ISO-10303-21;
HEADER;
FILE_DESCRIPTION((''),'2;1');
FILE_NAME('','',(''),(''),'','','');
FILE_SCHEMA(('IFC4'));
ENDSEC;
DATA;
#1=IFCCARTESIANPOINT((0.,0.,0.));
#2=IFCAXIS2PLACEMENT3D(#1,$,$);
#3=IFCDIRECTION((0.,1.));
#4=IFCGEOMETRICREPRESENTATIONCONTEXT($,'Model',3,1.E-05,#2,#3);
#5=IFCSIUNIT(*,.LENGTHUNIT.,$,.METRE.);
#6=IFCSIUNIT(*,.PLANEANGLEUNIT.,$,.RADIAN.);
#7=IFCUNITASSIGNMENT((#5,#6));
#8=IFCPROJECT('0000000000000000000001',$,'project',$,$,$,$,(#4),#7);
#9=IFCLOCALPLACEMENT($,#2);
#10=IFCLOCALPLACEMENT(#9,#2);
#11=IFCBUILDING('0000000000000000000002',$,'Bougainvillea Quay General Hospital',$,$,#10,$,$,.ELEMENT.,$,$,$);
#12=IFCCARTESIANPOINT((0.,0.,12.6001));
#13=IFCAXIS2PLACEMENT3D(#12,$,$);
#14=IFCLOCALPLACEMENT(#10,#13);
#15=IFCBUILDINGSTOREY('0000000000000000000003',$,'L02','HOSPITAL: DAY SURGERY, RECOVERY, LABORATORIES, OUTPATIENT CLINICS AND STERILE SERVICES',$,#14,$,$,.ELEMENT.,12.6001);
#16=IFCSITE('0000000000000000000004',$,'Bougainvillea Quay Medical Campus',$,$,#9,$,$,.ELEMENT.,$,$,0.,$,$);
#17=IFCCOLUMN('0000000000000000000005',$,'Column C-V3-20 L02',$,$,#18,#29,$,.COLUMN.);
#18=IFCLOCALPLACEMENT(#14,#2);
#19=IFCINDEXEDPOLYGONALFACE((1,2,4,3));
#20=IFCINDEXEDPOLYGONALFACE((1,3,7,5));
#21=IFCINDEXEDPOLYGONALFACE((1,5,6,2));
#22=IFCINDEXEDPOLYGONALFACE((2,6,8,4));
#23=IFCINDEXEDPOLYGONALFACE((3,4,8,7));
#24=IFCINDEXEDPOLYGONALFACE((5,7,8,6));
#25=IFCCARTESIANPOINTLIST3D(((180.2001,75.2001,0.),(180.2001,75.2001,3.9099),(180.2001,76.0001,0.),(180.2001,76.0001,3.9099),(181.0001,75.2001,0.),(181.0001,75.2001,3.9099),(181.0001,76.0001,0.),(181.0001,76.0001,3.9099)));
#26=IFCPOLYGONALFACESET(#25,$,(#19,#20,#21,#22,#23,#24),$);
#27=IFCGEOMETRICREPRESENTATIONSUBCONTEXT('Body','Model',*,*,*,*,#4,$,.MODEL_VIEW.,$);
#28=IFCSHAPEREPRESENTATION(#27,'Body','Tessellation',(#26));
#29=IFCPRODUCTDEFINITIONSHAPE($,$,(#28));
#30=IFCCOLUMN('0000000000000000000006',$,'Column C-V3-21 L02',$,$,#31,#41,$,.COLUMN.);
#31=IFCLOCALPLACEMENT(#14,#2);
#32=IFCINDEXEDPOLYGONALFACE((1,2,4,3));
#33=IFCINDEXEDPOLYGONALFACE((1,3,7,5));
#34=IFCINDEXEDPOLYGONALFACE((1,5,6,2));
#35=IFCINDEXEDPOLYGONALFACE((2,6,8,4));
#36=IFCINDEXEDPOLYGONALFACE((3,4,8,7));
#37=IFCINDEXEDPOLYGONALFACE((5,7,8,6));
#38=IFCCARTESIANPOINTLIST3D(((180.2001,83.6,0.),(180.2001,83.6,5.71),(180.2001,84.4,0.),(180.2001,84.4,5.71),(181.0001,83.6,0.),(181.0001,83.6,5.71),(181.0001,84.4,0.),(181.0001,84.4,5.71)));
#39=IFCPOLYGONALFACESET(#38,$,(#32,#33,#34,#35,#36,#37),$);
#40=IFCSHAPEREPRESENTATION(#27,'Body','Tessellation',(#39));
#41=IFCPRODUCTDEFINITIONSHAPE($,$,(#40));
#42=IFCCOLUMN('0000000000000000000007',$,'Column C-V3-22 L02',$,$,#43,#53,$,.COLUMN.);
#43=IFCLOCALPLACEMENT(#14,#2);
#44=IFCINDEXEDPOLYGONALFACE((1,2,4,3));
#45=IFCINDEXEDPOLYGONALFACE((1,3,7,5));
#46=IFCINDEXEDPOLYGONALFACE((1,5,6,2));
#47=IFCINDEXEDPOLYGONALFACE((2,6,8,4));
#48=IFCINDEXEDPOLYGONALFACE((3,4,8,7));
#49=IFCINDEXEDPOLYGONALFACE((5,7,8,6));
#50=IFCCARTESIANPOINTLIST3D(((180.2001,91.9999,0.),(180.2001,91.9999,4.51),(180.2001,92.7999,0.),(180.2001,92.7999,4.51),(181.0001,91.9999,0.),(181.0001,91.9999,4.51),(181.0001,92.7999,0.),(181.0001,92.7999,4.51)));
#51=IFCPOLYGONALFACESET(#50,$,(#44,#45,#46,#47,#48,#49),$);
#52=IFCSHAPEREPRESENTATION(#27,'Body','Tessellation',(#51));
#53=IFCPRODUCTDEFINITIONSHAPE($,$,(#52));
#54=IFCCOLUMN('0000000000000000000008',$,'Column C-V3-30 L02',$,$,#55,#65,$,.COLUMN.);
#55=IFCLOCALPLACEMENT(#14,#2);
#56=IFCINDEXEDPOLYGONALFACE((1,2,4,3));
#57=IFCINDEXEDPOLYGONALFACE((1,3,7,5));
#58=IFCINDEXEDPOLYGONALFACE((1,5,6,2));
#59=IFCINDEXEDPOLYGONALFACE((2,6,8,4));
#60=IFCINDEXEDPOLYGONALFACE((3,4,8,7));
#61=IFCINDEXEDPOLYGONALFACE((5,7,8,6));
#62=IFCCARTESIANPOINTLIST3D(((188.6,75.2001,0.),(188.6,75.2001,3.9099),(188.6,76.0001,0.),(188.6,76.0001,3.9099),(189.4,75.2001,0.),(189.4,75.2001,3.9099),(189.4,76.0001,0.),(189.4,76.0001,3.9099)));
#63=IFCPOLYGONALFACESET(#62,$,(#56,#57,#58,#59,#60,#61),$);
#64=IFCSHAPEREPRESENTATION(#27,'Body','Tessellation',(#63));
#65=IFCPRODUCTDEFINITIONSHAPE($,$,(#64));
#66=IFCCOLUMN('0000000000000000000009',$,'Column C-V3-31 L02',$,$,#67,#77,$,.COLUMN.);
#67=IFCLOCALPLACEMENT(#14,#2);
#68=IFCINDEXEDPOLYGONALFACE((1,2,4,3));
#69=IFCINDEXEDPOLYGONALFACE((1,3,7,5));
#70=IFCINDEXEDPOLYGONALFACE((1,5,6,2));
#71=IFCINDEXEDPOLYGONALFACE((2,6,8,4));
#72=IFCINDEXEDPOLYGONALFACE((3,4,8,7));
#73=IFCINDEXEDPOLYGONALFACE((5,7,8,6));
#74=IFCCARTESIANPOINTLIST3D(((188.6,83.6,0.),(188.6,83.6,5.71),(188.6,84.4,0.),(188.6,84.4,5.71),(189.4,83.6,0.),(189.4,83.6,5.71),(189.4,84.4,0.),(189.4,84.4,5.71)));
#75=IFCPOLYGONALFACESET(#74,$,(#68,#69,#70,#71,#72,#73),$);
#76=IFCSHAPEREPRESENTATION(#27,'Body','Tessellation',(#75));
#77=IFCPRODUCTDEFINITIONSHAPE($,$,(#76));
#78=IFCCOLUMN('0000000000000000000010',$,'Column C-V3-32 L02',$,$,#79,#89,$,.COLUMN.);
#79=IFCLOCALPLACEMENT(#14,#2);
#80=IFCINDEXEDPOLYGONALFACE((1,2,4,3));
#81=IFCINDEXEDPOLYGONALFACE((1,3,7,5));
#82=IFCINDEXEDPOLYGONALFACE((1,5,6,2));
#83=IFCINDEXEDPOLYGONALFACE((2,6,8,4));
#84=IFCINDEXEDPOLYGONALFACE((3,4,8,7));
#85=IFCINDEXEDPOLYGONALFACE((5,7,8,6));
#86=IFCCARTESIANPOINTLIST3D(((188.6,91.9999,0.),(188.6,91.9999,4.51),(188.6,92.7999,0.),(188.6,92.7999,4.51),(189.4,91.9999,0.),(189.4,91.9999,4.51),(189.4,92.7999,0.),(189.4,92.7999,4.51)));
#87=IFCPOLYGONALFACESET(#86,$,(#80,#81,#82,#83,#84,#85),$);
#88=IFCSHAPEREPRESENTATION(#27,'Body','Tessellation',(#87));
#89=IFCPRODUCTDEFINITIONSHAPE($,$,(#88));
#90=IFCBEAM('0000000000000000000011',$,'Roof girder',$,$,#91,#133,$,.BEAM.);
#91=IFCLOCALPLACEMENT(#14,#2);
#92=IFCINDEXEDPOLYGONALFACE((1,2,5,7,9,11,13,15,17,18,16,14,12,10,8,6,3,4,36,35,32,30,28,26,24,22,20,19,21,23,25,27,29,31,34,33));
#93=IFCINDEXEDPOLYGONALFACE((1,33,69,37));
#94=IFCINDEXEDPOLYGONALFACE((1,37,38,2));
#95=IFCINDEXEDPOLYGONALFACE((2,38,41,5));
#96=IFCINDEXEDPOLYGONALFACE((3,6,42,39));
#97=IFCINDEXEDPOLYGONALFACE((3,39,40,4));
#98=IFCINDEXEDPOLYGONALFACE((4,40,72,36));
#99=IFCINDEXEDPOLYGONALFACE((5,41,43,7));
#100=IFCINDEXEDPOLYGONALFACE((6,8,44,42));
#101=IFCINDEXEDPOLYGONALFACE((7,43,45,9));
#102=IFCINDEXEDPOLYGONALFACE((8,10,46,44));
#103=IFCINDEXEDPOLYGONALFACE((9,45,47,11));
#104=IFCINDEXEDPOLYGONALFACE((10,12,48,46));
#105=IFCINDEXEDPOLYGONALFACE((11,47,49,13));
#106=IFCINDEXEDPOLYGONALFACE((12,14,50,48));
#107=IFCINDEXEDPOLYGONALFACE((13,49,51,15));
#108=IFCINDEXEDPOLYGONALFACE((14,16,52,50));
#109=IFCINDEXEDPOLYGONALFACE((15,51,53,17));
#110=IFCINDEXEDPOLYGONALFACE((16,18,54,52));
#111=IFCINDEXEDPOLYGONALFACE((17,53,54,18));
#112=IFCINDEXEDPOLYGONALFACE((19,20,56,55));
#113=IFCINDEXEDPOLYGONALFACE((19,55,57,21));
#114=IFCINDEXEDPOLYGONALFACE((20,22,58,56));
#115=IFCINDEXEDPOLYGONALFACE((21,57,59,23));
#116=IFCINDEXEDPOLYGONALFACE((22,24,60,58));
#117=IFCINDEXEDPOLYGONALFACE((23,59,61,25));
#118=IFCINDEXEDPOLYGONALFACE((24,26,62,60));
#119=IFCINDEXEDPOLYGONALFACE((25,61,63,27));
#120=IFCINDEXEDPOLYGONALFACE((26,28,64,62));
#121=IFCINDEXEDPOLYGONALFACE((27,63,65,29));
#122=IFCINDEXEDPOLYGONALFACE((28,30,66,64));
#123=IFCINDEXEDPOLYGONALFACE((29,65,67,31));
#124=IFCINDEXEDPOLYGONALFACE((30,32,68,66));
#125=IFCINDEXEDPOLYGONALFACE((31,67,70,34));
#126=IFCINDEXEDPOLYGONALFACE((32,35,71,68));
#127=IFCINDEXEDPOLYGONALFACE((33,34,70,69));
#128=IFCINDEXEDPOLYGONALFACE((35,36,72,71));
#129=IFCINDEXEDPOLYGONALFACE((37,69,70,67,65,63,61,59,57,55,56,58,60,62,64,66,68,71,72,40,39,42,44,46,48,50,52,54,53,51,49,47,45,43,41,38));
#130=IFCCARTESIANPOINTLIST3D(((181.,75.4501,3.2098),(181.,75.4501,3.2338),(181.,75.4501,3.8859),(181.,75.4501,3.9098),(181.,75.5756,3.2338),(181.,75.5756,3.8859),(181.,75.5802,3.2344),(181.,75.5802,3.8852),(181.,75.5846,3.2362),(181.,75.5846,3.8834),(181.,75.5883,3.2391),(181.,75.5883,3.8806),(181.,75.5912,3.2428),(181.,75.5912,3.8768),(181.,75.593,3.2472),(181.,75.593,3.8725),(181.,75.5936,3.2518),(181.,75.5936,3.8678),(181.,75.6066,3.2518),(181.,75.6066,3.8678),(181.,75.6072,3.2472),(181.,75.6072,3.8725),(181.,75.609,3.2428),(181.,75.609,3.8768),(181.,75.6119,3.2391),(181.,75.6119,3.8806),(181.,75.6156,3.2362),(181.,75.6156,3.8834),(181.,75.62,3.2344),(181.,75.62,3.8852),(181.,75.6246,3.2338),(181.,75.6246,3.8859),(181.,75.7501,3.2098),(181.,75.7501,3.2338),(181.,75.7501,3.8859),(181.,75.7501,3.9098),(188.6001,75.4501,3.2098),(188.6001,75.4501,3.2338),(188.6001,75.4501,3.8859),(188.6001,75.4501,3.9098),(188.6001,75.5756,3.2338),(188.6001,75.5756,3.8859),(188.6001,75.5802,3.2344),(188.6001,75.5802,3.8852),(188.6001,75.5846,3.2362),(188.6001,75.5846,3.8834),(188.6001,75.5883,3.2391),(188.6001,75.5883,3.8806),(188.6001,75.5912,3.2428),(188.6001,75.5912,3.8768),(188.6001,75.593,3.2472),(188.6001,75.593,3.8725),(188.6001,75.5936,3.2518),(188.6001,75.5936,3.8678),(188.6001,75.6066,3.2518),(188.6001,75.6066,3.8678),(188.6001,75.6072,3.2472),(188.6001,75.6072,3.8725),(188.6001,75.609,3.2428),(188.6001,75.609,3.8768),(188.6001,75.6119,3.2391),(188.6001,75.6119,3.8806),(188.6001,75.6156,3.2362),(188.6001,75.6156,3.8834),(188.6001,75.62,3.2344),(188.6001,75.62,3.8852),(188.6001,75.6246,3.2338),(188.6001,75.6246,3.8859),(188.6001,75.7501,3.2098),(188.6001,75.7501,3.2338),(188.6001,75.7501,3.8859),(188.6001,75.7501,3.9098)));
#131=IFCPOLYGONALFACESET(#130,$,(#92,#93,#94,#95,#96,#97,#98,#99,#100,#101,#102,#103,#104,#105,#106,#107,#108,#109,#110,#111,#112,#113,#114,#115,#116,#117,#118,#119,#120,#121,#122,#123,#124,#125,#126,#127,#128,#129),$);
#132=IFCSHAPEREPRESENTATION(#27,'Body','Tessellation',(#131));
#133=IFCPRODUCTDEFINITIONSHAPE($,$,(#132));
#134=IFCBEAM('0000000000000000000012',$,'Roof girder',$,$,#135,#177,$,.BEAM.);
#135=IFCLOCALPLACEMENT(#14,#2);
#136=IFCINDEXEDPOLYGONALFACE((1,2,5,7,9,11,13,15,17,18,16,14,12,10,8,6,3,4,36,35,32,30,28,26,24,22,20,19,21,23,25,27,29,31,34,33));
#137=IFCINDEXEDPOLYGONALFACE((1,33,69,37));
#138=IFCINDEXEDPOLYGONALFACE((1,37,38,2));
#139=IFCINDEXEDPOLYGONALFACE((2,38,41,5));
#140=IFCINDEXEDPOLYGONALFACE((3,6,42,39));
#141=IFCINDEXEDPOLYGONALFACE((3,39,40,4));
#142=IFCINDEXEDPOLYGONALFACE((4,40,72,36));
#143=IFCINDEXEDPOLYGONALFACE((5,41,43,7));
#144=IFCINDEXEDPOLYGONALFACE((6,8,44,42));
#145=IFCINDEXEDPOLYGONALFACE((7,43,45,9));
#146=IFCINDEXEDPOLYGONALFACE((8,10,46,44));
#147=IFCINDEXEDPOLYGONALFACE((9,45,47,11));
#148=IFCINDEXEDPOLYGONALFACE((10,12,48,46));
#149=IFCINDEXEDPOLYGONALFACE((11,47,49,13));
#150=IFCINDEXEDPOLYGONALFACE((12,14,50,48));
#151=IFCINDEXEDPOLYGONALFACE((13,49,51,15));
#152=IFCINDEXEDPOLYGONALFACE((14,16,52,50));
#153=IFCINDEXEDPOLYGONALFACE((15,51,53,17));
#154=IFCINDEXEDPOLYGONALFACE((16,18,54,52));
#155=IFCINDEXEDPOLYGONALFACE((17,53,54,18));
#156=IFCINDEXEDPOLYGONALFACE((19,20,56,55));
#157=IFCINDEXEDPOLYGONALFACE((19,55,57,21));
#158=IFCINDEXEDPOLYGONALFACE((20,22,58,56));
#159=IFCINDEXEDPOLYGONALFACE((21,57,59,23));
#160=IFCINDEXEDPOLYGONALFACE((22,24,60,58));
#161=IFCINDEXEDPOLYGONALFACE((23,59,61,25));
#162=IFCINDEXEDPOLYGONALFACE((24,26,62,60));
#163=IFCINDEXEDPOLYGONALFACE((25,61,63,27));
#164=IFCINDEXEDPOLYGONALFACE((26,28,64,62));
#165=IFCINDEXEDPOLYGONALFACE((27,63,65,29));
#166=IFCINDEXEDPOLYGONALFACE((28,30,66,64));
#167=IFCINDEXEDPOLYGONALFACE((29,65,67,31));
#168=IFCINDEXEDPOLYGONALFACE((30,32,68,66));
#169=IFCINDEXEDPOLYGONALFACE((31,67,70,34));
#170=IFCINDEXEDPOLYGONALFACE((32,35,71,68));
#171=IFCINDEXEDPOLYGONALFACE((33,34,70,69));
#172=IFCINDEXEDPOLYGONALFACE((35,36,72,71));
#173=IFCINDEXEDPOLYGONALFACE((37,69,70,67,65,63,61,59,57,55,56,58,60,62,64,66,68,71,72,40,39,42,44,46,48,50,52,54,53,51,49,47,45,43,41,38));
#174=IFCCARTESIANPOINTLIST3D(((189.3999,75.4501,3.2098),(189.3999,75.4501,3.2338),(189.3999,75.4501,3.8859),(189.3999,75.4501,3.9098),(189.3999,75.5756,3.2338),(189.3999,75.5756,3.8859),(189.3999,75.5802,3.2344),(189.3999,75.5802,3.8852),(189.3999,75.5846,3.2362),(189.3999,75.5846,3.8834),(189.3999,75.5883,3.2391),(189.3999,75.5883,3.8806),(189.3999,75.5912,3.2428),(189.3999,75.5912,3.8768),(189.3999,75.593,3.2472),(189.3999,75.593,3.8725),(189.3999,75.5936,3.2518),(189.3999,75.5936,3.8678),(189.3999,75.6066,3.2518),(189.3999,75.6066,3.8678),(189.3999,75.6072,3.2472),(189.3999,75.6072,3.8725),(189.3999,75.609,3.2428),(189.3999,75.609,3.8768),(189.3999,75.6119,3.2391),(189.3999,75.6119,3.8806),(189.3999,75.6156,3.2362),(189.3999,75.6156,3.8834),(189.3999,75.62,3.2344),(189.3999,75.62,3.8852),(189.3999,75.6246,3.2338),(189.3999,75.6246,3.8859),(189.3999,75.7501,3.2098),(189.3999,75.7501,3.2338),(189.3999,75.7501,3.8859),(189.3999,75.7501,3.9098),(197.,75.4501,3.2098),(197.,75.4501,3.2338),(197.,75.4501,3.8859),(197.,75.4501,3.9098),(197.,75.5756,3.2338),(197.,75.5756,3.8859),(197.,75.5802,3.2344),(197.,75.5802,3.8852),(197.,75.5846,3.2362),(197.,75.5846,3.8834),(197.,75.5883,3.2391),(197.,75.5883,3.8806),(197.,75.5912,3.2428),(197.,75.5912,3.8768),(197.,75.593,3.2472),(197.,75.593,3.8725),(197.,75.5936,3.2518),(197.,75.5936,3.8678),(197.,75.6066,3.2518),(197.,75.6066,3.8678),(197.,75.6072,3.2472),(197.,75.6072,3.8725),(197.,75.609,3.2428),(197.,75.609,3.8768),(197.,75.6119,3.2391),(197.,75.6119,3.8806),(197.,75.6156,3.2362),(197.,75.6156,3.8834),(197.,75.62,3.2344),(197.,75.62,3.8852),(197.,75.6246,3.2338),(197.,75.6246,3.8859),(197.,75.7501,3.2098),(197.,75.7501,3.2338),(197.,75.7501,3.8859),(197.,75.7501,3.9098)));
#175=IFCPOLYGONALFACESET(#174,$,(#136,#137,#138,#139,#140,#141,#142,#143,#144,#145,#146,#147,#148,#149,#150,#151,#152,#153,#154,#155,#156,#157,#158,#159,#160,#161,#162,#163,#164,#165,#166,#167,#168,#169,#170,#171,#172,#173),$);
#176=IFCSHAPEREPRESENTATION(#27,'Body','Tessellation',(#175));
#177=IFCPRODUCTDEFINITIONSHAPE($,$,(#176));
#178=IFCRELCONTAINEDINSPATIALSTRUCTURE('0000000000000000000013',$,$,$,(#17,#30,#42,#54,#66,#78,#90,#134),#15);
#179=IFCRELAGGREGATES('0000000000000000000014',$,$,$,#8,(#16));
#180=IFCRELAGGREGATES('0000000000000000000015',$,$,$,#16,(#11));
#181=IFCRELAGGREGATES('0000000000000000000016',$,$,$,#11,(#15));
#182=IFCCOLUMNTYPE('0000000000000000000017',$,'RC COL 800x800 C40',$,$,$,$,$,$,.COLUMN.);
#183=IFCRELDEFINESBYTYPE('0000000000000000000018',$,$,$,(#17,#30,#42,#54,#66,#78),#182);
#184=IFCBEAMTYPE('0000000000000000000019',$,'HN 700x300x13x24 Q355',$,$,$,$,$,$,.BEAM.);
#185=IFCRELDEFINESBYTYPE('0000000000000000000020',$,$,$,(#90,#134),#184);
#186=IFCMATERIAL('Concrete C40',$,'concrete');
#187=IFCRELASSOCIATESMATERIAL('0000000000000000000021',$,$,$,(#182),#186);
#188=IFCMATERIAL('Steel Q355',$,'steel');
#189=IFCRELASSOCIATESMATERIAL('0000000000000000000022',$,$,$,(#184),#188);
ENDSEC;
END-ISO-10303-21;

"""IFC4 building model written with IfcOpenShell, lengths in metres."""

from ifc_helpers import new_model, si_unit, direction, frame, origin, origin_2d, place, context, subcontext, project, spatial, rectangle, i_section, extrude, material, material_profile, profile_set, type_object, element, save


model = new_model("IFC4")

# Units and contexts
model_context = context("Model", 3, precision=1e-05, world=origin(), true_north=direction((0.0, 1.0)))
body_context = subcontext(model_context, "Body", "Model", "MODEL_VIEW")
ifc_project = project(units=[si_unit("LENGTHUNIT", "METRE"), si_unit("PLANEANGLEUNIT", "RADIAN")], contexts=[model_context])

# Site, building, storey
site_placement = place(None, origin())
site = spatial("IfcSite", under=ifc_project, at=site_placement, Name="Bougainvillea Quay Medical Campus", CompositionType="ELEMENT", RefElevation=0.0)
building_placement = place(site_placement, origin())
building = spatial("IfcBuilding", under=site, at=building_placement, Name="Bougainvillea Quay General Hospital", CompositionType="ELEMENT")
storey_placement = place(building_placement, frame((0.0, 0.0, 12.6001)))
storey = spatial("IfcBuildingStorey", under=building, at=storey_placement, Name="L02", Description="HOSPITAL: DAY SURGERY, RECOVERY, LABORATORIES, OUTPATIENT CLINICS AND STERILE SERVICES", CompositionType="ELEMENT", Elevation=12.6001)

# Columns
ifc_material_1 = material(Name="Concrete C40", Category="concrete")
ifc_material_profile_1 = material_profile(ifc_material_1, rectangle(XDim=0.8, YDim=0.8, at=origin_2d()))
ifc_profile_set_1 = profile_set([ifc_material_profile_1], Name="Concrete C40")
column_type = type_object("IfcColumnType", Name="RC COL 800x800 C40", PredefinedType="COLUMN", material=ifc_profile_set_1)
column_1_placement = place(storey_placement, frame((180.6001, 75.6001, 0.0), z_axis=(0.0, 0.0, 1.0), x_axis=(1.0, 0.0, 0.0)))
element("IfcColumn", 1, at=column_1_placement, inside=storey, type_object=column_type, Name="Column C-V3-20 L02", PredefinedType="COLUMN", context=body_context, shape_type="SweptSolid", body=[
    extrude(rectangle(XDim=0.8, YDim=0.8, at=origin_2d()), origin(), (0.0, 0.0, 1.0), 3.9099),
])
column_2_placement = place(storey_placement, frame((180.6001, 84.0, 0.0), z_axis=(0.0, 0.0, 1.0), x_axis=(1.0, 0.0, 0.0)))
element("IfcColumn", 2, at=column_2_placement, inside=storey, type_object=column_type, Name="Column C-V3-21 L02", PredefinedType="COLUMN", context=body_context, shape_type="SweptSolid", body=[
    extrude(rectangle(XDim=0.8, YDim=0.8, at=origin_2d()), origin(), (0.0, 0.0, 1.0), 5.71),
])
column_3_placement = place(storey_placement, frame((180.6001, 92.3999, 0.0), z_axis=(0.0, 0.0, 1.0), x_axis=(1.0, 0.0, 0.0)))
element("IfcColumn", 3, at=column_3_placement, inside=storey, type_object=column_type, Name="Column C-V3-22 L02", PredefinedType="COLUMN", context=body_context, shape_type="SweptSolid", body=[
    extrude(rectangle(XDim=0.8, YDim=0.8, at=origin_2d()), origin(), (0.0, 0.0, 1.0), 4.51),
])
column_4_placement = place(storey_placement, frame((189.0, 75.6001, 0.0), z_axis=(0.0, 0.0, 1.0), x_axis=(1.0, 0.0, 0.0)))
element("IfcColumn", 4, at=column_4_placement, inside=storey, type_object=column_type, Name="Column C-V3-30 L02", PredefinedType="COLUMN", context=body_context, shape_type="SweptSolid", body=[
    extrude(rectangle(XDim=0.8, YDim=0.8, at=origin_2d()), origin(), (0.0, 0.0, 1.0), 3.9099),
])
column_5_placement = place(storey_placement, frame((189.0, 84.0, 0.0), z_axis=(0.0, 0.0, 1.0), x_axis=(1.0, 0.0, 0.0)))
element("IfcColumn", 5, at=column_5_placement, inside=storey, type_object=column_type, Name="Column C-V3-31 L02", PredefinedType="COLUMN", context=body_context, shape_type="SweptSolid", body=[
    extrude(rectangle(XDim=0.8, YDim=0.8, at=origin_2d()), origin(), (0.0, 0.0, 1.0), 5.71),
])
column_6_placement = place(storey_placement, frame((189.0, 92.3999, 0.0), z_axis=(0.0, 0.0, 1.0), x_axis=(1.0, 0.0, 0.0)))
element("IfcColumn", 6, at=column_6_placement, inside=storey, type_object=column_type, Name="Column C-V3-32 L02", PredefinedType="COLUMN", context=body_context, shape_type="SweptSolid", body=[
    extrude(rectangle(XDim=0.8, YDim=0.8, at=origin_2d()), origin(), (0.0, 0.0, 1.0), 4.51),
])

# Beams
ifc_material_2 = material(Name="Steel Q355", Category="steel")
ifc_material_profile_2 = material_profile(ifc_material_2, i_section(OverallWidth=0.3, OverallDepth=0.7, WebThickness=0.0129, FlangeThickness=0.0239, FilletRadius=0.0181, at=origin_2d()))
ifc_profile_set_2 = profile_set([ifc_material_profile_2], Name="Steel Q355")
beam_type_1 = type_object("IfcBeamType", Name="HN 700x300x13x24 Q355", PredefinedType="BEAM", material=ifc_profile_set_2)
for number, where, z_axis, x_axis, name in (
    (7, (181.0, 75.6001, 3.5598), (1.0, 0.0, 0.0), (0.0, 1.0, 0.0), "Roof girder"),
    (8, (189.3999, 75.6001, 3.5598), (1.0, 0.0, 0.0), (0.0, 1.0, 0.0), "Roof girder"),
):
    element("IfcBeam", number, at=place(storey_placement, frame(where, z_axis=z_axis, x_axis=x_axis)), inside=storey, type_object=beam_type_1, Name=name, PredefinedType="BEAM", context=body_context, shape_type="SweptSolid", body=[
        extrude(i_section(OverallWidth=0.3, OverallDepth=0.7, WebThickness=0.0129, FlangeThickness=0.0239, FilletRadius=0.0181, at=origin_2d()), origin(), (0.0, 0.0, 1.0), 7.6001),
    ])

save(model, "model.ifc")
